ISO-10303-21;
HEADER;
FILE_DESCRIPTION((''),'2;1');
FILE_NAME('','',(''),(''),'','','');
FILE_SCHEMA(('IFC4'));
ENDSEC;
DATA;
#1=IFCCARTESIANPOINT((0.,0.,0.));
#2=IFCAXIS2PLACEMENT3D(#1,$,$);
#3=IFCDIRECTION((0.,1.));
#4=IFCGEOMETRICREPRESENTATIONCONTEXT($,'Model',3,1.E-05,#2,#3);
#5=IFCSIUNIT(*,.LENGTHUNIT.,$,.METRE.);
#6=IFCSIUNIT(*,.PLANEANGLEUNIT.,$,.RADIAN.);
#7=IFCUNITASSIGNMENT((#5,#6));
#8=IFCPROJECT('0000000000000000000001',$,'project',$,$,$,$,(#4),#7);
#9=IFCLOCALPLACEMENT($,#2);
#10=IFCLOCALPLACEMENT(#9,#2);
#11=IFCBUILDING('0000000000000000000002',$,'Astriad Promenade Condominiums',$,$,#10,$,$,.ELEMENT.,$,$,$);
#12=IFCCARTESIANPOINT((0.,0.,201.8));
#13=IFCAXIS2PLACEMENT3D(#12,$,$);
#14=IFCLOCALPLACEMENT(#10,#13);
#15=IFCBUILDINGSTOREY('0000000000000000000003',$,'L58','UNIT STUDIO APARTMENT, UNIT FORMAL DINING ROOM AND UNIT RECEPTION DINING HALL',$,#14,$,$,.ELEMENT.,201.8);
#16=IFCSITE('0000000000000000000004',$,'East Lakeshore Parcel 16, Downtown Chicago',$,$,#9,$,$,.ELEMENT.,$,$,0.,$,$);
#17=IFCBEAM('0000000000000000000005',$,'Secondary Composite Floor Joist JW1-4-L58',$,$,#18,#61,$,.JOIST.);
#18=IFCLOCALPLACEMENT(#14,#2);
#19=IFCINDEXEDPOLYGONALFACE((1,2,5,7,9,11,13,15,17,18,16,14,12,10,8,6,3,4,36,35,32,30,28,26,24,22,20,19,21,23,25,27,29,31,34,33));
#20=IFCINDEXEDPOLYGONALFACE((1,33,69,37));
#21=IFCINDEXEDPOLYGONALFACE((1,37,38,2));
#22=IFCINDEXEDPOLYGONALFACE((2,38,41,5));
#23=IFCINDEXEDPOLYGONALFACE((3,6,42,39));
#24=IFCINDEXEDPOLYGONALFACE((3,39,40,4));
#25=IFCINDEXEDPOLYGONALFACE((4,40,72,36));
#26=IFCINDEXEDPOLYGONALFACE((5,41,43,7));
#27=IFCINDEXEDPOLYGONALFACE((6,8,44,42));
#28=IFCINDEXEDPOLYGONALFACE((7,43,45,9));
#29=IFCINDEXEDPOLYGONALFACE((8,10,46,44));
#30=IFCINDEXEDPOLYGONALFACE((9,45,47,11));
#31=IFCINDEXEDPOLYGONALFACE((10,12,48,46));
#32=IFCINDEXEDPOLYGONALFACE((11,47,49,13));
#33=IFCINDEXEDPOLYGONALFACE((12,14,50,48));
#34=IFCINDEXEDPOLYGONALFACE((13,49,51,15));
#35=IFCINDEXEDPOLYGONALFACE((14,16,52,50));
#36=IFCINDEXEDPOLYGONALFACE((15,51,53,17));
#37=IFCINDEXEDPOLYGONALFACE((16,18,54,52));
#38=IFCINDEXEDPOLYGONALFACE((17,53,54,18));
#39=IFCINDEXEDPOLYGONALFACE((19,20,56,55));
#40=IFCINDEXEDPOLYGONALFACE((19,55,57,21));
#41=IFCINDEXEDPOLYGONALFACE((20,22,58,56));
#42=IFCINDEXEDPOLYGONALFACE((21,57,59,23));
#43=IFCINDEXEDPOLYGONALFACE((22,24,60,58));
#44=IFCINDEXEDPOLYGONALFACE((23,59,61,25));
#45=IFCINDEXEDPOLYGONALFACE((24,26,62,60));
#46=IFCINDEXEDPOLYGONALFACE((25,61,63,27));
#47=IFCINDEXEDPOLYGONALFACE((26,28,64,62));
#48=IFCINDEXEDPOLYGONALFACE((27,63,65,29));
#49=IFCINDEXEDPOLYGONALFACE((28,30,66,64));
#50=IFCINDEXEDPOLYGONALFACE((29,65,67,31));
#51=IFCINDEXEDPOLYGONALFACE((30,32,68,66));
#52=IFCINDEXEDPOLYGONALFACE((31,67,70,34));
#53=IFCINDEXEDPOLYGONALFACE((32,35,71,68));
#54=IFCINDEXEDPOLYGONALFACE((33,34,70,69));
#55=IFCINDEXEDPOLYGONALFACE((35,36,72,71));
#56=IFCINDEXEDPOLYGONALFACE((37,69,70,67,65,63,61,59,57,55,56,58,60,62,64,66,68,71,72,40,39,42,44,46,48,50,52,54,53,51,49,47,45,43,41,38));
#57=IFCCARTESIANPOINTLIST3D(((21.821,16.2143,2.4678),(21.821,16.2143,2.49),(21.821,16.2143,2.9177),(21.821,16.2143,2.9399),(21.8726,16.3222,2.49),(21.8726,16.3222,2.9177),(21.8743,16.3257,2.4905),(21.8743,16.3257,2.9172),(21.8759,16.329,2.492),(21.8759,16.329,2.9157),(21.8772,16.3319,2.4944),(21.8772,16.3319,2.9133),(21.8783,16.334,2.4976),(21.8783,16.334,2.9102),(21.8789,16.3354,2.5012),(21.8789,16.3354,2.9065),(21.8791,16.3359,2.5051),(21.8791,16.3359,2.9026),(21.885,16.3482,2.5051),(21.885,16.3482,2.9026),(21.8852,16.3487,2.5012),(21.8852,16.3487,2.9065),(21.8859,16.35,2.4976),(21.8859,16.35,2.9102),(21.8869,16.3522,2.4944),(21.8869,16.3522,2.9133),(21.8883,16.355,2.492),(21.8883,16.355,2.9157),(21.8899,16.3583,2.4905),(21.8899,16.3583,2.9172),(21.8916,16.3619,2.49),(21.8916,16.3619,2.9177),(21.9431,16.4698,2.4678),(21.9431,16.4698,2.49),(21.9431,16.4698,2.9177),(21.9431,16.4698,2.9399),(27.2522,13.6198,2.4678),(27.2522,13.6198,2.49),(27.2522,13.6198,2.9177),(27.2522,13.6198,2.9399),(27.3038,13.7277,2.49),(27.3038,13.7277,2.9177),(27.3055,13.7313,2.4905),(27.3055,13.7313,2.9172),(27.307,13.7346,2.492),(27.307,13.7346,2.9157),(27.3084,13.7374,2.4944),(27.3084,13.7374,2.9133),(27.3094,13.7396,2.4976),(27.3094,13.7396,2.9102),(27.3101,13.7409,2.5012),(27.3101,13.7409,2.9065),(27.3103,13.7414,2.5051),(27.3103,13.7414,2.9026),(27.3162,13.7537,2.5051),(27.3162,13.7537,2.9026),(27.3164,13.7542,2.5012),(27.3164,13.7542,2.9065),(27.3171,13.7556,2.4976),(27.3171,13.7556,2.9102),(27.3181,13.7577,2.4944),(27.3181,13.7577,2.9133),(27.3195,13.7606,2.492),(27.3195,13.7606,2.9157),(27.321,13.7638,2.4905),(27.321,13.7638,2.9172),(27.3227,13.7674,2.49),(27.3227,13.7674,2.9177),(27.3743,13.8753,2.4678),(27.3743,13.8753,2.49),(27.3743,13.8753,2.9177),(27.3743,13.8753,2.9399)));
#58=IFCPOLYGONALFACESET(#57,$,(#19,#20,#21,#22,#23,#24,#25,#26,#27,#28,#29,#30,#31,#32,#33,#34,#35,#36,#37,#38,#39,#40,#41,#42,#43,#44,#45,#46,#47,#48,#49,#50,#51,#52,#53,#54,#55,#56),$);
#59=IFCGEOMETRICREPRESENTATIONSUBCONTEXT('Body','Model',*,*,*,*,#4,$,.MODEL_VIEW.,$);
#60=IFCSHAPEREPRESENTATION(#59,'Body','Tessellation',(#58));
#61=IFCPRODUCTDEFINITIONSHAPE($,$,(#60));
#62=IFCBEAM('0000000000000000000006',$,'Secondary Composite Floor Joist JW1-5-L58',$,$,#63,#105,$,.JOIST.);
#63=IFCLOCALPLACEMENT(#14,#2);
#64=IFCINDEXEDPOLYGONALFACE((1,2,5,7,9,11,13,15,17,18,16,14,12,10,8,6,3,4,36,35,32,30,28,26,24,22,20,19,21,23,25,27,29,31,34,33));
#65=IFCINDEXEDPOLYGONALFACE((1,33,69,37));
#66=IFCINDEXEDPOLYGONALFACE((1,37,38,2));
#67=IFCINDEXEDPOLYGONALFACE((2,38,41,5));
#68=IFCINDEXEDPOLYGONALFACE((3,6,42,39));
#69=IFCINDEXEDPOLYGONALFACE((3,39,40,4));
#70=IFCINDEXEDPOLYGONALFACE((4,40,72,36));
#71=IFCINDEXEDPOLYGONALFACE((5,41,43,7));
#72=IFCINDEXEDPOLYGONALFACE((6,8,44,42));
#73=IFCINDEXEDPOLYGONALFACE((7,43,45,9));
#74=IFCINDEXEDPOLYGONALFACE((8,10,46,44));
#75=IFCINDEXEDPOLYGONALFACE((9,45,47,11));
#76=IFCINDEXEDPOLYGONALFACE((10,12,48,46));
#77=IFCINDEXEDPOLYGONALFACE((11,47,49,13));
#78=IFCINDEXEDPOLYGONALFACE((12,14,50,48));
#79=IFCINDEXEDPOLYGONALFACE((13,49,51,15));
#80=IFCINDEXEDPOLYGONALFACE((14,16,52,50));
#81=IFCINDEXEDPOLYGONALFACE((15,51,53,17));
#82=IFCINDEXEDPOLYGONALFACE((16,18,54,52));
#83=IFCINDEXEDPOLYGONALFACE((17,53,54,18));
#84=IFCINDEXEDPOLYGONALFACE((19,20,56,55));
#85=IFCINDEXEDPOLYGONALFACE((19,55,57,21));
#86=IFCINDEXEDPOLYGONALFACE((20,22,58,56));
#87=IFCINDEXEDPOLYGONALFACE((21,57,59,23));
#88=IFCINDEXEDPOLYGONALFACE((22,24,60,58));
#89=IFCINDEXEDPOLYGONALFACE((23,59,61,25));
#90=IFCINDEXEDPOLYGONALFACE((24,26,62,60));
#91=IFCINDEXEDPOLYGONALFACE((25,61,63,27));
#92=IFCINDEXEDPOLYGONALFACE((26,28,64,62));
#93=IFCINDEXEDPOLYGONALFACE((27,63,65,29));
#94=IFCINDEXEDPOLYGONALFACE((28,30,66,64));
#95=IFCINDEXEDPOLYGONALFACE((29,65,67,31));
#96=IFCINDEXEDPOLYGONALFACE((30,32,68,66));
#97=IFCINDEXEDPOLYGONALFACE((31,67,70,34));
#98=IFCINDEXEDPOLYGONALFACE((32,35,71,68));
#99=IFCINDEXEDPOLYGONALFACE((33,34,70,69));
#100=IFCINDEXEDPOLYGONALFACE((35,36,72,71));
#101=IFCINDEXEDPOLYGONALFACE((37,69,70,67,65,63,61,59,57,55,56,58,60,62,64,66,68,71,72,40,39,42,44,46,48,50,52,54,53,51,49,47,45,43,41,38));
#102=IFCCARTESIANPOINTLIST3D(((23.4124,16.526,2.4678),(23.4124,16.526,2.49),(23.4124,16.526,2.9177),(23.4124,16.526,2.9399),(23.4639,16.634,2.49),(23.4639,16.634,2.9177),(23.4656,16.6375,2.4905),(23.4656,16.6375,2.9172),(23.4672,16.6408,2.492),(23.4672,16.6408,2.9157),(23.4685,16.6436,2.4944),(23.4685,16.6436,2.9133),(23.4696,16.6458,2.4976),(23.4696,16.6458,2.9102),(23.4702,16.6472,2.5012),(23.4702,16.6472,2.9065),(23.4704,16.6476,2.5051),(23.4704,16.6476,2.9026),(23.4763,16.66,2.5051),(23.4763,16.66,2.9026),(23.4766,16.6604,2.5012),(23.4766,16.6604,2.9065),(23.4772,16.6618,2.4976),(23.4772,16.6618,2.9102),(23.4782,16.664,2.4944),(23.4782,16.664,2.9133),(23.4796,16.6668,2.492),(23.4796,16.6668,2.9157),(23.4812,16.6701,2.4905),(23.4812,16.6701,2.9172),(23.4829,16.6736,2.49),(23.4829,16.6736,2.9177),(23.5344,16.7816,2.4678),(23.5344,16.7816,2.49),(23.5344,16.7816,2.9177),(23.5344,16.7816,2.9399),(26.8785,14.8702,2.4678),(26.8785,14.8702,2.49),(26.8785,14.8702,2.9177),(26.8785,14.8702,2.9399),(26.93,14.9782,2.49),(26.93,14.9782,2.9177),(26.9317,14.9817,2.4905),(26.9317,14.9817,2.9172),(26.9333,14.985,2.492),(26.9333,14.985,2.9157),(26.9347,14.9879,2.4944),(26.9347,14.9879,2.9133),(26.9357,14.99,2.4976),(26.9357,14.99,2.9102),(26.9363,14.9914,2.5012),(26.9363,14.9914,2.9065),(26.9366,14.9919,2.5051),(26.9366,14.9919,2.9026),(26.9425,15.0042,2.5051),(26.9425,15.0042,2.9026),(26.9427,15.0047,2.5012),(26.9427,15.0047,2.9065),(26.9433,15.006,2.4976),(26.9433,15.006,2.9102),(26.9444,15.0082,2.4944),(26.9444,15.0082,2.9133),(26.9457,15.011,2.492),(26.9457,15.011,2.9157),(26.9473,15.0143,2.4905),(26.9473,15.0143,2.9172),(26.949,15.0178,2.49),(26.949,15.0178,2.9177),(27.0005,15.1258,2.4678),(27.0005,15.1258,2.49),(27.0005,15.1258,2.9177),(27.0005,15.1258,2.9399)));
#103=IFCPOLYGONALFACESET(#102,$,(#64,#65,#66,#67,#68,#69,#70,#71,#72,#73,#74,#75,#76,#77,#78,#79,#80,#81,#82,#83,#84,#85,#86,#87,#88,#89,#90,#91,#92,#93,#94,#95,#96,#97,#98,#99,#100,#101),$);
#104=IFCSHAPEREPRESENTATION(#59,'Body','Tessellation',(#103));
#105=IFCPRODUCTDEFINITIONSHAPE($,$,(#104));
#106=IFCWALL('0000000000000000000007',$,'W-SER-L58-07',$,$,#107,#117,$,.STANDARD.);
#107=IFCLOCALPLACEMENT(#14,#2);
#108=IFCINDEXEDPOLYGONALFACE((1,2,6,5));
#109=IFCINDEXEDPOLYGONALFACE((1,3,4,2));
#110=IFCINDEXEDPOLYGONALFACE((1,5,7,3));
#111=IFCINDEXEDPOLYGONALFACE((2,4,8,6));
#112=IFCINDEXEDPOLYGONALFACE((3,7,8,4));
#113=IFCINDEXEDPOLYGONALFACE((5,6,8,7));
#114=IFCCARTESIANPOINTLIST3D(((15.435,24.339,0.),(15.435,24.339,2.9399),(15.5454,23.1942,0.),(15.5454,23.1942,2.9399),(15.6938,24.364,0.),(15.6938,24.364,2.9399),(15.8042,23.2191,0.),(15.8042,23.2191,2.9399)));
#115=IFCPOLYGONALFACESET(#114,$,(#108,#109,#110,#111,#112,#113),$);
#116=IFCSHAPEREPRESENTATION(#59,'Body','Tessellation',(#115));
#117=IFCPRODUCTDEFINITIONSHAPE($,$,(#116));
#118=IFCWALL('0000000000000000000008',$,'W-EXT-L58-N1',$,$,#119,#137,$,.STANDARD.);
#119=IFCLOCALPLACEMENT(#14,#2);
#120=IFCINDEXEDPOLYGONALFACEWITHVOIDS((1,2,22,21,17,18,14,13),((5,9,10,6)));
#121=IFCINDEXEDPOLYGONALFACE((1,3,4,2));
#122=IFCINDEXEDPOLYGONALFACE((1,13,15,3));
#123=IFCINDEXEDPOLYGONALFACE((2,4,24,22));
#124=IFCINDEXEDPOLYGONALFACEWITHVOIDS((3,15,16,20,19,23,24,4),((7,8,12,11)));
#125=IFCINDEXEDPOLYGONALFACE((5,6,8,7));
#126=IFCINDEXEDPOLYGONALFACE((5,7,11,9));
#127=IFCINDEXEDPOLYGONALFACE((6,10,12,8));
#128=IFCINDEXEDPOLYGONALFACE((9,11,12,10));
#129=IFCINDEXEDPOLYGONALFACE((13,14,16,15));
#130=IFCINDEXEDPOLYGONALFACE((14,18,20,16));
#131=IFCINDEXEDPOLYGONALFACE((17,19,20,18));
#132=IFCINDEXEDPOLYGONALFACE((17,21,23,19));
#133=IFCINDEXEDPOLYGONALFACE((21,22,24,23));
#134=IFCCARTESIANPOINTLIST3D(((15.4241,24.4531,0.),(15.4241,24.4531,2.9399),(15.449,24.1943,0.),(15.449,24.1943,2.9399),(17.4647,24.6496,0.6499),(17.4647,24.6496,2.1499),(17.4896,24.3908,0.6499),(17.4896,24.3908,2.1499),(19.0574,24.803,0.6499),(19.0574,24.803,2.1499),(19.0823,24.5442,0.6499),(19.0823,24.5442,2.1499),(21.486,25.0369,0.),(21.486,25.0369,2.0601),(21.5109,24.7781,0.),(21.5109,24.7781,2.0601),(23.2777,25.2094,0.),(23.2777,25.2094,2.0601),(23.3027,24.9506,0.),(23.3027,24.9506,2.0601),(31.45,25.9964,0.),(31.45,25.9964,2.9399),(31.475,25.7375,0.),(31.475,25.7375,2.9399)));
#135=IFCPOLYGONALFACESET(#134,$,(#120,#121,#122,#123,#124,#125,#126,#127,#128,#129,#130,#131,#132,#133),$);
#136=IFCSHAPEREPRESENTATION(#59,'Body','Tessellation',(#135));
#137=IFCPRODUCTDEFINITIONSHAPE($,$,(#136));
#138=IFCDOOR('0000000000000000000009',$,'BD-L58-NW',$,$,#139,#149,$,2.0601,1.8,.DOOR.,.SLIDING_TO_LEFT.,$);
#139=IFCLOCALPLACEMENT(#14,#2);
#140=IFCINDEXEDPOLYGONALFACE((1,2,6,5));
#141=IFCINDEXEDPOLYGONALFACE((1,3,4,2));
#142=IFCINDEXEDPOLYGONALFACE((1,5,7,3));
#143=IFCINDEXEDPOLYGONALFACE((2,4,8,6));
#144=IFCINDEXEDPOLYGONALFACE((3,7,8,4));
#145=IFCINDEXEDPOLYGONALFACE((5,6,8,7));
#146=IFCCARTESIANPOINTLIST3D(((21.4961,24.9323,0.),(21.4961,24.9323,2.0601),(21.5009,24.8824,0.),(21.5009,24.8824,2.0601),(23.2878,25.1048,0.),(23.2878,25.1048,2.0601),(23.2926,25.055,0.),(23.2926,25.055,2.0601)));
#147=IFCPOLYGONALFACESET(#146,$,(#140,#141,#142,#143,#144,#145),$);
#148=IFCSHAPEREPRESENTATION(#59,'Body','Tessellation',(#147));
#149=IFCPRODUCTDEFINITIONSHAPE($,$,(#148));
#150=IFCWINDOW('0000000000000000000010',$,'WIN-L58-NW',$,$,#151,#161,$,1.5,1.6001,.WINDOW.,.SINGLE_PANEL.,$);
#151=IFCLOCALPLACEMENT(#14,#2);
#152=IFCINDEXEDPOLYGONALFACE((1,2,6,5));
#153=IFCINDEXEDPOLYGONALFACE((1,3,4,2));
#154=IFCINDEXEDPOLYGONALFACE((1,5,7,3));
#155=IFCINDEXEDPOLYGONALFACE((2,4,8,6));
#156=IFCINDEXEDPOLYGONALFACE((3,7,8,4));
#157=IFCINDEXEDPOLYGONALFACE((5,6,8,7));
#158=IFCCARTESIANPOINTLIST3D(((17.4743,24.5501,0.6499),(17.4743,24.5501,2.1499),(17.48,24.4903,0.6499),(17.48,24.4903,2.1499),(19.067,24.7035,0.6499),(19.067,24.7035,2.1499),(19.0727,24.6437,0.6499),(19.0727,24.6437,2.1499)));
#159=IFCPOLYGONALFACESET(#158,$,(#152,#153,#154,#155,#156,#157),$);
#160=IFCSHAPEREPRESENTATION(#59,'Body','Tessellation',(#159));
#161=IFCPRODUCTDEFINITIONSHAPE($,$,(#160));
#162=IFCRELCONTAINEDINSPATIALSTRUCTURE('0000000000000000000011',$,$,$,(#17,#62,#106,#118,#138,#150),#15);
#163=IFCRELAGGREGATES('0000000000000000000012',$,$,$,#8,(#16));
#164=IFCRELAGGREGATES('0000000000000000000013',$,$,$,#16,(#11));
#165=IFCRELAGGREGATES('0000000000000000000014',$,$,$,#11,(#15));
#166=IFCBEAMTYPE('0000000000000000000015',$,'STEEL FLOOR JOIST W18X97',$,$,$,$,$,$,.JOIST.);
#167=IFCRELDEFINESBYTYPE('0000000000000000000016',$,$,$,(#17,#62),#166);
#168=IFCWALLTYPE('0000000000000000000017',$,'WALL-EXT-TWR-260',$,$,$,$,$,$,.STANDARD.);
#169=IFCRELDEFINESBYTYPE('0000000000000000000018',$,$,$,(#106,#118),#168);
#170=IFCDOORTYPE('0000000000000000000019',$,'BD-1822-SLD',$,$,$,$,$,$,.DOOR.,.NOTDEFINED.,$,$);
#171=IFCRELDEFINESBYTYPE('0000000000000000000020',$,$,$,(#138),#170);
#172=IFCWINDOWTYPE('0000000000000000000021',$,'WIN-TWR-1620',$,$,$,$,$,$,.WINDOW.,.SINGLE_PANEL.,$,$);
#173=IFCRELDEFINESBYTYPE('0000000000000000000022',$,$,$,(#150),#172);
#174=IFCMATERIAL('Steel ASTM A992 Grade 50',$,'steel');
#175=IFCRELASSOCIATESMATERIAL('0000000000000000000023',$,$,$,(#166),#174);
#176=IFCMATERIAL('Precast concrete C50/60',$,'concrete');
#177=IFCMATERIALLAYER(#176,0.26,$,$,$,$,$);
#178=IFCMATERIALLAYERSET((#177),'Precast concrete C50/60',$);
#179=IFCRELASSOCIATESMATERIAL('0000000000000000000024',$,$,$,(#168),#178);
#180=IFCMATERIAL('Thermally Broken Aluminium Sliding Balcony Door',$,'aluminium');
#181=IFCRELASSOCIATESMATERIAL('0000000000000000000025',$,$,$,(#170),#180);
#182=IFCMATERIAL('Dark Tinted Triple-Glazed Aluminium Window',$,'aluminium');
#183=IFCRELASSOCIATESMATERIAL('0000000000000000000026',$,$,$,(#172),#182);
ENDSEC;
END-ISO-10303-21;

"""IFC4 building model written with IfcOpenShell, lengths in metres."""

from ifc_helpers import new_model, si_unit, direction, frame, frame_2d, origin, origin_2d, place, context, subcontext, project, spatial, rectangle, i_section, extrude, source, transform, mapped, material, layer, layer_set, material_profile, profile_set, type_object, type_shapes, element, fill, save


model = new_model("IFC4")

# Units and contexts
model_context = context("Model", 3, precision=1e-05, world=origin(), true_north=direction((0.0, 1.0)))
body_context = subcontext(model_context, "Body", "Model", "MODEL_VIEW")
ifc_project = project(units=[si_unit("LENGTHUNIT", "METRE"), si_unit("PLANEANGLEUNIT", "RADIAN")], contexts=[model_context])

# Site, building, storey
site_placement = place(None, origin())
site = spatial("IfcSite", under=ifc_project, at=site_placement, Name="East Lakeshore Parcel 16, Downtown Chicago", CompositionType="ELEMENT", RefElevation=0.0)
building_placement = place(site_placement, origin())
building = spatial("IfcBuilding", under=site, at=building_placement, Name="Astriad Promenade Condominiums", CompositionType="ELEMENT")
storey_placement = place(building_placement, frame((0.0, 0.0, 201.8)))
storey = spatial("IfcBuildingStorey", under=building, at=storey_placement, Name="L58", Description="UNIT STUDIO APARTMENT, UNIT FORMAL DINING ROOM AND UNIT RECEPTION DINING HALL", CompositionType="ELEMENT", Elevation=201.8)

# Beams
ifc_material_1 = material(Name="Steel ASTM A992 Grade 50", Category="steel")
ifc_material_profile_1 = material_profile(ifc_material_1, i_section(OverallWidth=0.2832, OverallDepth=0.4722, WebThickness=0.0137, FlangeThickness=0.0222, FilletRadius=0.0151, at=origin_2d()), Name="W18X97")
ifc_profile_set_1 = profile_set([ifc_material_profile_1], Name="Steel ASTM A992 Grade 50")
beam_type_1 = type_object("IfcBeamType", Name="STEEL FLOOR JOIST W18X97", PredefinedType="JOIST", material=ifc_profile_set_1)
shared_shape_1 = source(origin(), body_context, "Body", "SweptSolid", [
    extrude(i_section(OverallWidth=0.2832, OverallDepth=0.4722, WebThickness=0.0137, FlangeThickness=0.0222, FilletRadius=0.0151, at=origin_2d()), origin(), (0.0, 0.0, 1.0), 6.019),
])
beam_1_placement = place(storey_placement, frame((21.8821, 16.342, 2.7039), z_axis=(0.90233, -0.431046, 0.0), x_axis=(0.431046, 0.90233, 0.0)))
element("IfcBeam", 1, at=beam_1_placement, inside=storey, type_object=beam_type_1, Name="Secondary Composite Floor Joist JW1-4-L58", PredefinedType="JOIST", context=body_context, shape_type="MappedRepresentation", body=[
    mapped(shared_shape_1, transform((0.0, 0.0, 0.0), scale=1.0)),
])
shared_shape_2 = source(origin(), body_context, "Body", "SweptSolid", [
    extrude(i_section(OverallWidth=0.2832, OverallDepth=0.4722, WebThickness=0.0137, FlangeThickness=0.0222, FilletRadius=0.0151, at=origin_2d()), origin(), (0.0, 0.0, 1.0), 3.8413),
])
beam_2_placement = place(storey_placement, frame((23.4734, 16.6538, 2.7039), z_axis=(0.902329, -0.431048, 0.0), x_axis=(0.431048, 0.902329, 0.0)))
element("IfcBeam", 2, at=beam_2_placement, inside=storey, type_object=beam_type_1, Name="Secondary Composite Floor Joist JW1-5-L58", PredefinedType="JOIST", context=body_context, shape_type="MappedRepresentation", body=[
    mapped(shared_shape_2, transform((0.0, 0.0, 0.0), scale=1.0)),
])

# Wall
ifc_material_2 = material(Name="Precast concrete C50/60", Category="concrete")
ifc_layer_1 = layer(ifc_material_2, 0.26)
ifc_layer_set_1 = layer_set([ifc_layer_1], Name="Precast concrete C50/60")
wall_type_1 = type_object("IfcWallType", Name="WALL-EXT-TWR-260", PredefinedType="STANDARD", material=ifc_layer_set_1)
wall_1_placement = place(storey_placement, frame((15.6748, 23.2065, 0.0), z_axis=(0.0, 0.0, 1.0), x_axis=(-0.095951, 0.995386, 0.0)))
element("IfcWall", 3, at=wall_1_placement, inside=storey, type_object=wall_type_1, Name="W-SER-L58-07", PredefinedType="STANDARD", context=body_context, shape_type="SweptSolid", body=[
    extrude(rectangle(XDim=1.1501, YDim=0.26, at=frame_2d((0.5752, 0.0))), origin(), (0.0, 0.0, 1.0), 2.9399),
])

# Wall, openings, door, window
wall_2_placement = place(storey_placement, frame((15.4365, 24.3237, 0.0), z_axis=(0.0, 0.0, 1.0), x_axis=(0.995396, 0.095852, 0.0)))
wall_2 = element("IfcWall", 4, at=wall_2_placement, inside=storey, type_object=wall_type_1, Name="W-EXT-L58-N1", PredefinedType="STANDARD", context=body_context, shape_type="SweptSolid", body=[
    extrude(rectangle(XDim=16.1001, YDim=0.26, at=frame_2d((8.05, 0.0))), origin(), (0.0, 0.0, 1.0), 2.9399),
])
opening_1_placement = place(wall_2_placement, frame((6.0901, 0.0, 0.0)))
opening_1 = element("IfcOpeningElement", 5, at=opening_1_placement, cuts=wall_2, PredefinedType="OPENING", context=body_context, shape_type="SweptSolid", body=[
    extrude(rectangle(XDim=1.8, YDim=2.0601, at=frame_2d((0.8999, 1.03))), frame((0.0, 0.1399, 0.0), z_axis=(0.0, -1.0, 0.0), x_axis=(1.0, 0.0, 0.0)), (0.0, 0.0, 1.0), 0.28),
])
opening_2_placement = place(wall_2_placement, frame((2.05, 0.0, 0.6499)))
opening_2 = element("IfcOpeningElement", 6, at=opening_2_placement, cuts=wall_2, PredefinedType="OPENING", context=body_context, shape_type="SweptSolid", body=[
    extrude(rectangle(XDim=1.6001, YDim=1.5, at=frame_2d((0.8, 0.75))), frame((0.0, 0.1399, 0.0), z_axis=(0.0, -1.0, 0.0), x_axis=(1.0, 0.0, 0.0)), (0.0, 0.0, 1.0), 0.28),
])
ifc_material_3 = material(Name="Thermally Broken Aluminium Sliding Balcony Door", Category="aluminium")
door_type_1 = type_object("IfcDoorType", Name="BD-1822-SLD", OperationType="NOTDEFINED", PredefinedType="DOOR", material=ifc_material_3)
shared_shape_3 = source(origin(), body_context, "Body", "SweptSolid", [
    extrude(rectangle(XDim=1.8, YDim=2.0601, at=frame_2d((0.8999, 1.03))), frame((0.0, 0.0249, 0.0), z_axis=(0.0, -1.0, 0.0), x_axis=(1.0, 0.0, 0.0)), (0.0, 0.0, 1.0), 0.05),
])
type_shapes(door_type_1, [shared_shape_3])
door_1_placement = place(opening_1_placement, origin())
door_1 = element("IfcDoor", 7, at=door_1_placement, inside=storey, type_object=door_type_1, Name="BD-L58-NW", OperationType="SLIDING_TO_LEFT", OverallHeight=2.0601, OverallWidth=1.8, PredefinedType="DOOR", context=body_context, shape_type="MappedRepresentation", body=[
    mapped(shared_shape_3, transform((0.0, 0.0, 0.0), scale=1.0)),
])
fill(opening_1, door_1)
ifc_material_4 = material(Name="Dark Tinted Triple-Glazed Aluminium Window", Category="aluminium")
window_type = type_object("IfcWindowType", Name="WIN-TWR-1620", PartitioningType="SINGLE_PANEL", PredefinedType="WINDOW", material=ifc_material_4)
shared_shape_4 = source(origin(), body_context, "Body", "SweptSolid", [
    extrude(rectangle(XDim=1.6001, YDim=1.5, at=frame_2d((0.8, 0.75))), frame((0.0, 0.03, 0.0), z_axis=(0.0, -1.0, 0.0), x_axis=(1.0, 0.0, 0.0)), (0.0, 0.0, 1.0), 0.0601),
])
type_shapes(window_type, [shared_shape_4])
window_placement = place(opening_2_placement, origin())
window = element("IfcWindow", 8, at=window_placement, inside=storey, type_object=window_type, Name="WIN-L58-NW", OverallHeight=1.5, OverallWidth=1.6001, PartitioningType="SINGLE_PANEL", PredefinedType="WINDOW", context=body_context, shape_type="MappedRepresentation", body=[
    mapped(shared_shape_4, transform((0.0, 0.0, 0.0), scale=1.0)),
])
fill(opening_2, window)

save(model, "model.ifc")
